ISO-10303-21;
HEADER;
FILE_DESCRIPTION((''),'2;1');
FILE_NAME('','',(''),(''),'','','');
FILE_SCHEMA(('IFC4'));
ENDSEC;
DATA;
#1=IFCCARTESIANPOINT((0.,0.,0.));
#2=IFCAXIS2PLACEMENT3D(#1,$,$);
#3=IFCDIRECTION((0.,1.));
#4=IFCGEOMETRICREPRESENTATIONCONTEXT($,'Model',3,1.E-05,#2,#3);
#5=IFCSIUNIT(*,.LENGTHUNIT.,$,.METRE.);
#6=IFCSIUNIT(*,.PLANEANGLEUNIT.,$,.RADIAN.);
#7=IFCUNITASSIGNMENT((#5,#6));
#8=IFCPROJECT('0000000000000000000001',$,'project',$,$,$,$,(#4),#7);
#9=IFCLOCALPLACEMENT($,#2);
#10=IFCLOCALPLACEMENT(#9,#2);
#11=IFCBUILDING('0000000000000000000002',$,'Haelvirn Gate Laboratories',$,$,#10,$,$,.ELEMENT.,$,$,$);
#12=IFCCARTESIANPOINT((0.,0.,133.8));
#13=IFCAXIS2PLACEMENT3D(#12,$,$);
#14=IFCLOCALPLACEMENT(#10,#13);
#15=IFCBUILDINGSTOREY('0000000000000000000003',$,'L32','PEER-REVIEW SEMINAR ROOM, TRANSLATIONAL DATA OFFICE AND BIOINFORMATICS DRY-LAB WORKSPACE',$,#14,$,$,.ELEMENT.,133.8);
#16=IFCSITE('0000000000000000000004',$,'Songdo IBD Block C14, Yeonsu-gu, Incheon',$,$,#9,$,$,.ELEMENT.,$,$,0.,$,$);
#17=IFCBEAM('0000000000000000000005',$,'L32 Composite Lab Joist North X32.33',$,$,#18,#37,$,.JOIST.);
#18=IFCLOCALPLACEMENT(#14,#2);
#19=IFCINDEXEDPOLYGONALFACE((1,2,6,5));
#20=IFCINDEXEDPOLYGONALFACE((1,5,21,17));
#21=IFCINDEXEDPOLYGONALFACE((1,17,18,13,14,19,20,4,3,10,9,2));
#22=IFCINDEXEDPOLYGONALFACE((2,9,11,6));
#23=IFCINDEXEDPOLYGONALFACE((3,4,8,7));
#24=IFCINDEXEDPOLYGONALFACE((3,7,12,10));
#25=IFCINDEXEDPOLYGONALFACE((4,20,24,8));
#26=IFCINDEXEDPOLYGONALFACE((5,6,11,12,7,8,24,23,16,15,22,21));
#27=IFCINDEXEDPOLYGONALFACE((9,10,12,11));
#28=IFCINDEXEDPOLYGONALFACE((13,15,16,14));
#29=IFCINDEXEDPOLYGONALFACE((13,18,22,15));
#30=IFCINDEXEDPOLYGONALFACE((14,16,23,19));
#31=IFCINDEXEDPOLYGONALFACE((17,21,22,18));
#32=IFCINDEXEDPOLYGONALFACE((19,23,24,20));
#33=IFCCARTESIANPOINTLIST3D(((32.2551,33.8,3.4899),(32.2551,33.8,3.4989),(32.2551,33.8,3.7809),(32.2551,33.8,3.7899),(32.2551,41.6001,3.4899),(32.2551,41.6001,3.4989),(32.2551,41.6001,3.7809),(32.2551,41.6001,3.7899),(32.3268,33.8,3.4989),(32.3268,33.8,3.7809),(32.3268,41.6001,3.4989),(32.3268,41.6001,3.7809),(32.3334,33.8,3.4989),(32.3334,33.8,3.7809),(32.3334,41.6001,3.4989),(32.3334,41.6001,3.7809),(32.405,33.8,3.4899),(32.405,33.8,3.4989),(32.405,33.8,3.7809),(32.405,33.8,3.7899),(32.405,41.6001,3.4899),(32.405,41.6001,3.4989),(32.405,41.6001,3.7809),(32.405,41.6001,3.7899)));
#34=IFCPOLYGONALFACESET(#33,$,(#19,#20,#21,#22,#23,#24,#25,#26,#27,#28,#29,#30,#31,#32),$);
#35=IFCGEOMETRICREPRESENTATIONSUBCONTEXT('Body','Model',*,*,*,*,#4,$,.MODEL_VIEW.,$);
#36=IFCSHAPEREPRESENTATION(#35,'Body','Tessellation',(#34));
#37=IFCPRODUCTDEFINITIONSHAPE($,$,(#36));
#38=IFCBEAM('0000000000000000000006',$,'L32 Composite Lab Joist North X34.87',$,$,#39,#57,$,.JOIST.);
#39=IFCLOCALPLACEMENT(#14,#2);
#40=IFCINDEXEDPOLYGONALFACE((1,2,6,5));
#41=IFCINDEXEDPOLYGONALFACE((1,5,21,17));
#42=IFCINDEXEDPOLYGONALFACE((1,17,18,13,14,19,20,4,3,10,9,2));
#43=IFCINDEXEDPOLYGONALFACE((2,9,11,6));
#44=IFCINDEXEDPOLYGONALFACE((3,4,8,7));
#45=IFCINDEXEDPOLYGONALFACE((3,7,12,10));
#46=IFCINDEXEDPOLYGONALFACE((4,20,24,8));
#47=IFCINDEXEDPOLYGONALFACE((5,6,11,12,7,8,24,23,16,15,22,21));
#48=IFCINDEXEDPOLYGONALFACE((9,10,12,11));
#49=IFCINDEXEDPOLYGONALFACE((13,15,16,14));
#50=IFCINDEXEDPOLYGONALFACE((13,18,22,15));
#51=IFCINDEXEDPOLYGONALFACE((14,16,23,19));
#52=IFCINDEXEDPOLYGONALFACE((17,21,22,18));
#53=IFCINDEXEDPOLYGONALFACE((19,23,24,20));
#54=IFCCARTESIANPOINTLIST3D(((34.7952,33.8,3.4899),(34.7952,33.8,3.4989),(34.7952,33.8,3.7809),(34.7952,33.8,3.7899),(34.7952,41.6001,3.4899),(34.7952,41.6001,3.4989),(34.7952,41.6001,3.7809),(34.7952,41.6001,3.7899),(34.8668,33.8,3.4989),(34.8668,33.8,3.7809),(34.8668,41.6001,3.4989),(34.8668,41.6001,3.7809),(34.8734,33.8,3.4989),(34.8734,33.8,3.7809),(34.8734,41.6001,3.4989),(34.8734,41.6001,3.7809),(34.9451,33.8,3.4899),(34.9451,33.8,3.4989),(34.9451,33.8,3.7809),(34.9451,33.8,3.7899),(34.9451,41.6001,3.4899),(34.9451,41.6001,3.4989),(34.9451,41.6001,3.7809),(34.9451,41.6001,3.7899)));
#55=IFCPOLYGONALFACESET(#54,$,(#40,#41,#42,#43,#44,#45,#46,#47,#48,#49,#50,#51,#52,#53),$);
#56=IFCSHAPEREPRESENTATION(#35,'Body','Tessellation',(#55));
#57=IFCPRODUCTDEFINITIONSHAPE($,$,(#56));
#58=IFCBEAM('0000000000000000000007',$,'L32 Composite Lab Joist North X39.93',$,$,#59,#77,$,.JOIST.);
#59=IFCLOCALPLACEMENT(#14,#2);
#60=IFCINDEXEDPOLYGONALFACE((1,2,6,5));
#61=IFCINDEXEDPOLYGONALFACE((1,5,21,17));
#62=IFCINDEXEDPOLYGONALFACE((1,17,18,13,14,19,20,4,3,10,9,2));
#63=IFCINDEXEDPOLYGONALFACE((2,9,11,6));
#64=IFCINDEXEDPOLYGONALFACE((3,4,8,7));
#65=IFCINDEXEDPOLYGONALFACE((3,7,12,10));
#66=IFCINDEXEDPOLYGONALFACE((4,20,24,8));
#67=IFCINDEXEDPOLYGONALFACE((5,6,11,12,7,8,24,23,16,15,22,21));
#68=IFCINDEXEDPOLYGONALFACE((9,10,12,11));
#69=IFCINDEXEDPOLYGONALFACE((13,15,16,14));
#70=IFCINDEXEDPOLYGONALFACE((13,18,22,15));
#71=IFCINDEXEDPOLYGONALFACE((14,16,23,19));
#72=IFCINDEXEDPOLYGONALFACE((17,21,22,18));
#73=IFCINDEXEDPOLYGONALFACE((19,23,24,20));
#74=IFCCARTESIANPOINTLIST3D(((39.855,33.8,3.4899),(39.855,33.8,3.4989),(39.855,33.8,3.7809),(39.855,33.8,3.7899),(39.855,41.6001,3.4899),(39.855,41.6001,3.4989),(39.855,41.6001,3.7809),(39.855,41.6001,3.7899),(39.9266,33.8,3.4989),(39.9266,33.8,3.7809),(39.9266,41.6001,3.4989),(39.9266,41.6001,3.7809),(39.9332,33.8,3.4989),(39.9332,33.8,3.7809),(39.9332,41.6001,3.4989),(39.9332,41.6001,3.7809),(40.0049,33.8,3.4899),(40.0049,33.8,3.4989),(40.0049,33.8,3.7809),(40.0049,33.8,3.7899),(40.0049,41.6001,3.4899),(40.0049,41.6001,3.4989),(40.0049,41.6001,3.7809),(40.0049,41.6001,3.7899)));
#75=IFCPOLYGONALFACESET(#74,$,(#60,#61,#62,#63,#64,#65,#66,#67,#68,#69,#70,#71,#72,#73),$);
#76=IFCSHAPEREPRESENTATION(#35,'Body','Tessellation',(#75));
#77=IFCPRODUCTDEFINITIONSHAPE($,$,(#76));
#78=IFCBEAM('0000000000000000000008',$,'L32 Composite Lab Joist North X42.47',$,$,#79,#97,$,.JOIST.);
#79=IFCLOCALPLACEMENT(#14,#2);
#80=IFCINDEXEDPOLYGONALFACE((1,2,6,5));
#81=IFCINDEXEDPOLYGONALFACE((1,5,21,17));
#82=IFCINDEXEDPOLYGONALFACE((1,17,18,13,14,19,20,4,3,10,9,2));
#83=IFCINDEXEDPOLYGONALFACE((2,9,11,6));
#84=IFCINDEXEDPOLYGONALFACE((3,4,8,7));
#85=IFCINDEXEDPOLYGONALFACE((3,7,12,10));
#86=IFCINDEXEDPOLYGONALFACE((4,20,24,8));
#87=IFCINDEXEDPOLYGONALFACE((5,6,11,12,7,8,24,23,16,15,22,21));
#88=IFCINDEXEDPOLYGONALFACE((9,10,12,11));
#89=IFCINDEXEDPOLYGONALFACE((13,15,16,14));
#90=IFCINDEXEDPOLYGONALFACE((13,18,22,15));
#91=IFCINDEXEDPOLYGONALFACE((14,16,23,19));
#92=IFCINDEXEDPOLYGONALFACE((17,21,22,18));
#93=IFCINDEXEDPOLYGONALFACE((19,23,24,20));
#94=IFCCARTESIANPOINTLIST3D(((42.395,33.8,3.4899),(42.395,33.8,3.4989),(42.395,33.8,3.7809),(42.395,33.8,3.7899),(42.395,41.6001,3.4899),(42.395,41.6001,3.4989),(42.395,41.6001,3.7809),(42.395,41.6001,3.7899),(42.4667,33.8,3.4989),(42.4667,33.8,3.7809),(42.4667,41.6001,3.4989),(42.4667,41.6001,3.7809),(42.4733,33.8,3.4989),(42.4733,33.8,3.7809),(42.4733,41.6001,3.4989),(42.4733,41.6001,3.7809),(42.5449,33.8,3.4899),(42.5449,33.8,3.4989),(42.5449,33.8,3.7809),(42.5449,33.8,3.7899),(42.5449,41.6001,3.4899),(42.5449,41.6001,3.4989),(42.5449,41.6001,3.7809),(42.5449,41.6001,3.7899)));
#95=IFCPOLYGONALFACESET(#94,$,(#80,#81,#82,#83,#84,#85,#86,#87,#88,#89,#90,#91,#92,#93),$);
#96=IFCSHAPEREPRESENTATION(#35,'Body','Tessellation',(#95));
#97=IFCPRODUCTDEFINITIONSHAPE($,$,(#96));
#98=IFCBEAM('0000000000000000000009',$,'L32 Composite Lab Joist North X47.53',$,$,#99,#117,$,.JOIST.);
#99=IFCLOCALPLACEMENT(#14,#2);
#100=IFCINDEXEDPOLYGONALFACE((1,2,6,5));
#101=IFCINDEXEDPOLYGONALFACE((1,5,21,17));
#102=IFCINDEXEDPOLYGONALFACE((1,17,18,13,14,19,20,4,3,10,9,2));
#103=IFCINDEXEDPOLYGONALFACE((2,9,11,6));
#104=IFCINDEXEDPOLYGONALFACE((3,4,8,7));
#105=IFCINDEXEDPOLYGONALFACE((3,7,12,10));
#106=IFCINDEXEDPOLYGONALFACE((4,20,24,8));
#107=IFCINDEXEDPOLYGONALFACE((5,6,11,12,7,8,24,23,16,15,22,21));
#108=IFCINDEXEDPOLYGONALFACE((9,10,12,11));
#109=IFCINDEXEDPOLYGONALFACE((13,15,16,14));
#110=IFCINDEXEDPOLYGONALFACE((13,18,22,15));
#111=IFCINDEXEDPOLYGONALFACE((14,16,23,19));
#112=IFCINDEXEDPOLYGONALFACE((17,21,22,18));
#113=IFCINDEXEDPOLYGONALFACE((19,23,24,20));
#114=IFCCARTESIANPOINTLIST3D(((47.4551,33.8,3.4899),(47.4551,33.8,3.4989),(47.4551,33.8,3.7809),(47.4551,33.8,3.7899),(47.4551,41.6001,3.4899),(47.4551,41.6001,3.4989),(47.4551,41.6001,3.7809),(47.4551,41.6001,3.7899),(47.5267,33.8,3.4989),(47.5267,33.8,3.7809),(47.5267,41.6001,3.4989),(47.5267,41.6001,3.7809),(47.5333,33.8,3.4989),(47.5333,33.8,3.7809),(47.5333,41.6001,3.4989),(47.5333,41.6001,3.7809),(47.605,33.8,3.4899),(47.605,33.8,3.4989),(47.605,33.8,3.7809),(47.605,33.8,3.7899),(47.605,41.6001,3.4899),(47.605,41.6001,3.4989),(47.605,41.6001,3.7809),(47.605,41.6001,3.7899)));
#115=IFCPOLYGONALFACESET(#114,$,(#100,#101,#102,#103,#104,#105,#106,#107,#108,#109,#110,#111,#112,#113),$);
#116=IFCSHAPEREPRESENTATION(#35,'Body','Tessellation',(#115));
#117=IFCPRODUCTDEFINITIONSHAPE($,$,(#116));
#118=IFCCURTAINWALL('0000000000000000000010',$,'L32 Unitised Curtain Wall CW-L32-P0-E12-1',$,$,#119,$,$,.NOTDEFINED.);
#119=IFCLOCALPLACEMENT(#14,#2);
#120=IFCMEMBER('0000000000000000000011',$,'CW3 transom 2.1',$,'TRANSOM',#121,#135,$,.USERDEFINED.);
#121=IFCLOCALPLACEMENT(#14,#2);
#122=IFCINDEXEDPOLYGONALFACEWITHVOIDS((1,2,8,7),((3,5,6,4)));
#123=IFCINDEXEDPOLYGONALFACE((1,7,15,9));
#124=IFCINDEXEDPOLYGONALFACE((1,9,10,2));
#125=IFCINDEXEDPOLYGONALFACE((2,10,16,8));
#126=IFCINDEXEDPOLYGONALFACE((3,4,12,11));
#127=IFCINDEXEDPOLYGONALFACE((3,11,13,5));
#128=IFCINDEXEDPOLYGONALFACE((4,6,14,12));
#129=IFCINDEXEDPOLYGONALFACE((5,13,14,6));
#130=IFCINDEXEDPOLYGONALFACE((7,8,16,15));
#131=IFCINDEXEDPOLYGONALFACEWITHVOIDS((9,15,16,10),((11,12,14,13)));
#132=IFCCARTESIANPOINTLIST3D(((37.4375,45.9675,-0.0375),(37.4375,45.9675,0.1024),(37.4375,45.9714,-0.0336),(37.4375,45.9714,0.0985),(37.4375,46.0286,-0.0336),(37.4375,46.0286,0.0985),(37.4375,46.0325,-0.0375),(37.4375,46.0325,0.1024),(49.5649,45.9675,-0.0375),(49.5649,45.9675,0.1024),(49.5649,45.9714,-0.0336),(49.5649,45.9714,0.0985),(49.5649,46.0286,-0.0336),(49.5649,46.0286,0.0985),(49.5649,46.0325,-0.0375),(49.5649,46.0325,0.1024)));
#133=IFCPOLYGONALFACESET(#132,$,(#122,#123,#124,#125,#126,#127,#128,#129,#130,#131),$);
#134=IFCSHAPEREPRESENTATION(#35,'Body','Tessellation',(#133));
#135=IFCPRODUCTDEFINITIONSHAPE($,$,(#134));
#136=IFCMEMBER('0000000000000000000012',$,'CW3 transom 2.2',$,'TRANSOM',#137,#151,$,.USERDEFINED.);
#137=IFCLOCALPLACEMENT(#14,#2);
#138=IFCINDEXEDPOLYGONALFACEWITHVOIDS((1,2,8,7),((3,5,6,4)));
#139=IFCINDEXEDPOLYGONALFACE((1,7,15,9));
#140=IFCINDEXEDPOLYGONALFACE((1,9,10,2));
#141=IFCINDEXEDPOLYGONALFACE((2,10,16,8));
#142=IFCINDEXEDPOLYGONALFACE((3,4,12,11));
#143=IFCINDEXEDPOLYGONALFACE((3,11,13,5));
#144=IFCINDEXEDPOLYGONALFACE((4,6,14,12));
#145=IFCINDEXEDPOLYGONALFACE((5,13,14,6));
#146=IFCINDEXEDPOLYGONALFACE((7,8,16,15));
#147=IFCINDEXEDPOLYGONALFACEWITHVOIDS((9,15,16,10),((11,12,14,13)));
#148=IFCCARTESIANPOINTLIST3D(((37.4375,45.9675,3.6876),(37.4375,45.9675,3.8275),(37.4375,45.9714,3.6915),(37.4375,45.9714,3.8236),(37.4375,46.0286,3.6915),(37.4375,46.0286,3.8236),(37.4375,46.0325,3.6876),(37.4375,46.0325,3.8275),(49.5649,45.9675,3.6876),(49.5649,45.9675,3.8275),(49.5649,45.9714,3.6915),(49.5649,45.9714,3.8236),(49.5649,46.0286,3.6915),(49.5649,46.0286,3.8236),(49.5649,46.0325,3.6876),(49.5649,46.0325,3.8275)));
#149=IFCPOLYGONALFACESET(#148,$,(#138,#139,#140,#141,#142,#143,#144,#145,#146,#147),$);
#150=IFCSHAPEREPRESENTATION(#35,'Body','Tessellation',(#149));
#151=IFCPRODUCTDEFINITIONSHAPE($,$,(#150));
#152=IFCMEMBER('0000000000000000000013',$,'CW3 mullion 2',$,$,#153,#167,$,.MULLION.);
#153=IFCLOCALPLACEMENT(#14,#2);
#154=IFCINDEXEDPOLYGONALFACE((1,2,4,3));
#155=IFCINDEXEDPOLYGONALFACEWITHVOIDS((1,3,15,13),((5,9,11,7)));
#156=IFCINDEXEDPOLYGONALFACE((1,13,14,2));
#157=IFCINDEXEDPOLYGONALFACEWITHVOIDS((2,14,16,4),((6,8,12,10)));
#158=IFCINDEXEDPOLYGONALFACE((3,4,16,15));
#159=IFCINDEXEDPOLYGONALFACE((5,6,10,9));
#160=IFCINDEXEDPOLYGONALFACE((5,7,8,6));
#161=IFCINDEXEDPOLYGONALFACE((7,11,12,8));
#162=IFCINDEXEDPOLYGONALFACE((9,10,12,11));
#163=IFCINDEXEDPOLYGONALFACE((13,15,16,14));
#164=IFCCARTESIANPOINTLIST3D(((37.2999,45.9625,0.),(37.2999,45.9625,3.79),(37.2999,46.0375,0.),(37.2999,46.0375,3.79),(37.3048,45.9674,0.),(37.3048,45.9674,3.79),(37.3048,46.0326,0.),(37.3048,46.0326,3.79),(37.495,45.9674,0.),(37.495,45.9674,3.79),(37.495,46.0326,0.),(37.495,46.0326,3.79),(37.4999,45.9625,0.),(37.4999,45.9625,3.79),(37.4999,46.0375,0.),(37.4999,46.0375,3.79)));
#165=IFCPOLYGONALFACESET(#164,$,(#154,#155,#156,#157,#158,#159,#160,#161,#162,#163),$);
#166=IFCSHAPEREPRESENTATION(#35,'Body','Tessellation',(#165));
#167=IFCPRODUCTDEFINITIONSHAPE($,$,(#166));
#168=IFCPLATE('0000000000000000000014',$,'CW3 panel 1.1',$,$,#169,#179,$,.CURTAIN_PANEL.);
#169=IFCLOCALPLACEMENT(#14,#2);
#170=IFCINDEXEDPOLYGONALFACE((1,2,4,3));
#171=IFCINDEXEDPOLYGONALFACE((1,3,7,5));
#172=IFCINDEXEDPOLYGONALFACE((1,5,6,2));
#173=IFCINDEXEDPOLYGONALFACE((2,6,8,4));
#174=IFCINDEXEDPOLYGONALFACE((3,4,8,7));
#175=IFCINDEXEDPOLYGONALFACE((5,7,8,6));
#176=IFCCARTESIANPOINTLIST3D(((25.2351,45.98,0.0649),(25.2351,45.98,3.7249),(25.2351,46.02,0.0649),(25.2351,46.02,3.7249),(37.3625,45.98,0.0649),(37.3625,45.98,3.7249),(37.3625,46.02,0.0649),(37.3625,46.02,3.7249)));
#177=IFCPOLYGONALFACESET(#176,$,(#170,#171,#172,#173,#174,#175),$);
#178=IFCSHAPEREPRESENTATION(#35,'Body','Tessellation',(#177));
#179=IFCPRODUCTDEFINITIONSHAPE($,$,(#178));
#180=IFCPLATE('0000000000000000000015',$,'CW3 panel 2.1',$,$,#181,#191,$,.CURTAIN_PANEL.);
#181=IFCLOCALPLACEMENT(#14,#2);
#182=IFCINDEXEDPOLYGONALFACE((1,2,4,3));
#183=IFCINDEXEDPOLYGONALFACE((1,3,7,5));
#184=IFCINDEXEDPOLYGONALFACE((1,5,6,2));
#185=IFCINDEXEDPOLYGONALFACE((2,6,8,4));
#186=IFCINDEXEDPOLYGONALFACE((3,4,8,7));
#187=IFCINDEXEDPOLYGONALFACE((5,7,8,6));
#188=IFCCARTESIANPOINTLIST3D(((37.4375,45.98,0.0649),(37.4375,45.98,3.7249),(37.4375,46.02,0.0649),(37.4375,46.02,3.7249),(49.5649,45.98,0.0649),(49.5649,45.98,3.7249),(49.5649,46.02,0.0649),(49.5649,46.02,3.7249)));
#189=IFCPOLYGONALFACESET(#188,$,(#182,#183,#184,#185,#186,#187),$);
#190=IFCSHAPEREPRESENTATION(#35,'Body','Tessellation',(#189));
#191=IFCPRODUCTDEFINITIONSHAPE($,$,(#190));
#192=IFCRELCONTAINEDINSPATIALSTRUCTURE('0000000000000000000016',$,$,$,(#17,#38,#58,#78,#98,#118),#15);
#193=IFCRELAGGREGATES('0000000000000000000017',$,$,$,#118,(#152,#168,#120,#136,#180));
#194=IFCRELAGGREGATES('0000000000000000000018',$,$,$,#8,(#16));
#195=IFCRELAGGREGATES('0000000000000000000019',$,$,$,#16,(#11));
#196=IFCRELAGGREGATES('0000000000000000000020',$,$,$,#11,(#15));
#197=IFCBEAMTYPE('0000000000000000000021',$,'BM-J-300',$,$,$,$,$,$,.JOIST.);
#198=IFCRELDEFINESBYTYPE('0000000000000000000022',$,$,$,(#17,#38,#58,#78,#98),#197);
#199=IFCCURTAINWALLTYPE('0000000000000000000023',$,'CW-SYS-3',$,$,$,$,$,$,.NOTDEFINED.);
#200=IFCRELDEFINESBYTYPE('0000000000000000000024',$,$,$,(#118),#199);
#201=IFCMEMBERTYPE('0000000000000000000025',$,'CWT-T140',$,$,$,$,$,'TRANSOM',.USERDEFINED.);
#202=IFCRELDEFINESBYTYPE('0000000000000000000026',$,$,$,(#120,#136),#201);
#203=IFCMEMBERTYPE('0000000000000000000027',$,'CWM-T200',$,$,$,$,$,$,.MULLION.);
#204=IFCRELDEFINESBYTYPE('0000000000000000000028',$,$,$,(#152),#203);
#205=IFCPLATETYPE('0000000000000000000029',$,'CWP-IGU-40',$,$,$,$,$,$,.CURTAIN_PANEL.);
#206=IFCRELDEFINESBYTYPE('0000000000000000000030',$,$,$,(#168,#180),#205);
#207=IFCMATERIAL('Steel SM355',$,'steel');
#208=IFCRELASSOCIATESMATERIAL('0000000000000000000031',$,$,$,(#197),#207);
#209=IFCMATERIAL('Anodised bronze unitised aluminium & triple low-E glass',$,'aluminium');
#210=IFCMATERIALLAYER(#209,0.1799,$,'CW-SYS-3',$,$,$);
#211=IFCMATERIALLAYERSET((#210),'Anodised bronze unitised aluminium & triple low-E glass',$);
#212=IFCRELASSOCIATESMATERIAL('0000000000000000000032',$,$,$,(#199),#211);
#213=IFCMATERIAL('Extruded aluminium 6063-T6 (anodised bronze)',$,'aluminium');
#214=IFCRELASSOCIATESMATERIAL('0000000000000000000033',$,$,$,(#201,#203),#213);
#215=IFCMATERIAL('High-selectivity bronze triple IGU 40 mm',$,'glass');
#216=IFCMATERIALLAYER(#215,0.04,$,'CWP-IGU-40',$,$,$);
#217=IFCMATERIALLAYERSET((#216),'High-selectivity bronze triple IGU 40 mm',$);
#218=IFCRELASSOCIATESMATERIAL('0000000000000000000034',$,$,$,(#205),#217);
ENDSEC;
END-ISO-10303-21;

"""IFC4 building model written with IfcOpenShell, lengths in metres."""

from ifc_helpers import new_model, si_unit, direction, frame, origin, origin_2d, place, context, subcontext, project, spatial, rectangle, hollow_rectangle, i_section, extrude, source, transform, mapped, material, layer, layer_set, material_profile, profile_set, type_object, type_shapes, element, aggregate, save


model = new_model("IFC4")

# Units and contexts
model_context = context("Model", 3, precision=1e-05, world=origin(), true_north=direction((0.0, 1.0)))
body_context = subcontext(model_context, "Body", "Model", "MODEL_VIEW")
ifc_project = project(units=[si_unit("LENGTHUNIT", "METRE"), si_unit("PLANEANGLEUNIT", "RADIAN")], contexts=[model_context])

# Site, building, storey
site_placement = place(None, origin())
site = spatial("IfcSite", under=ifc_project, at=site_placement, Name="Songdo IBD Block C14, Yeonsu-gu, Incheon", CompositionType="ELEMENT", RefElevation=0.0)
building_placement = place(site_placement, origin())
building = spatial("IfcBuilding", under=site, at=building_placement, Name="Haelvirn Gate Laboratories", CompositionType="ELEMENT")
storey_placement = place(building_placement, frame((0.0, 0.0, 133.8)))
storey = spatial("IfcBuildingStorey", under=building, at=storey_placement, Name="L32", Description="PEER-REVIEW SEMINAR ROOM, TRANSLATIONAL DATA OFFICE AND BIOINFORMATICS DRY-LAB WORKSPACE", CompositionType="ELEMENT", Elevation=133.8)

# Shared definitions
ifc_material_1 = material(Name="Steel SM355", Category="steel")

# Beams
ifc_material_profile_1 = material_profile(ifc_material_1, i_section(OverallWidth=0.1499, OverallDepth=0.3, WebThickness=0.0066, FlangeThickness=0.009, at=origin_2d()), Name="H-300x150x6.5x9")
ifc_profile_set_1 = profile_set([ifc_material_profile_1], Name="Steel SM355")
beam_type_1 = type_object("IfcBeamType", Name="BM-J-300", PredefinedType="JOIST", material=ifc_profile_set_1)
shared_shape_1 = source(origin(), body_context, "Body", "SweptSolid", [
    extrude(i_section(OverallWidth=0.1499, OverallDepth=0.3, WebThickness=0.0066, FlangeThickness=0.009, at=origin_2d()), origin(), (0.0, 0.0, 1.0), 7.8),
])
type_shapes(beam_type_1, [shared_shape_1])
for number, where, z_axis, x_axis, name in (
    (1, (32.3301, 33.8, 3.6399), (0.0, 1.0, 0.0), (-1.0, 0.0, 0.0), "L32 Composite Lab Joist North X32.33"),
    (2, (34.8701, 33.8, 3.6399), (0.0, 1.0, 0.0), (-1.0, 0.0, 0.0), "L32 Composite Lab Joist North X34.87"),
    (3, (39.9299, 33.8, 3.6399), (0.0, 1.0, 0.0), (-1.0, 0.0, 0.0), "L32 Composite Lab Joist North X39.93"),
    (4, (42.47, 33.8, 3.6399), (0.0, 1.0, 0.0), (-1.0, 0.0, 0.0), "L32 Composite Lab Joist North X42.47"),
    (5, (47.53, 33.8, 3.6399), (0.0, 1.0, 0.0), (-1.0, 0.0, 0.0), "L32 Composite Lab Joist North X47.53"),
):
    element("IfcBeam", number, at=place(storey_placement, frame(where, z_axis=z_axis, x_axis=x_axis)), inside=storey, type_object=beam_type_1, Name=name, PredefinedType="JOIST", context=body_context, shape_type="MappedRepresentation", body=[
        mapped(shared_shape_1, transform((0.0, 0.0, 0.0), scale=1.0)),
    ])

# Curtain wall, members, plates
ifc_material_2 = material(Name="Anodised bronze unitised aluminium & triple low-E glass", Category="aluminium")
ifc_layer_1 = layer(ifc_material_2, 0.1799, Name="CW-SYS-3")
ifc_layer_set_1 = layer_set([ifc_layer_1], Name="Anodised bronze unitised aluminium & triple low-E glass")
curtain_wall_type = type_object("IfcCurtainWallType", Name="CW-SYS-3", PredefinedType="NOTDEFINED", material=ifc_layer_set_1)
curtain_wall_placement = place(storey_placement, origin())
curtain_wall = element("IfcCurtainWall", 6, at=curtain_wall_placement, inside=storey, type_object=curtain_wall_type, Name="L32 Unitised Curtain Wall CW-L32-P0-E12-1", PredefinedType="NOTDEFINED")
ifc_material_3 = material(Name="Extruded aluminium 6063-T6 (anodised bronze)", Category="aluminium")
ifc_material_profile_2 = material_profile(ifc_material_3, hollow_rectangle(XDim=0.0649, YDim=0.1399, WallThickness=0.0039, at=origin_2d()), Name="CWT-140x65x4")
ifc_profile_set_2 = profile_set([ifc_material_profile_2], Name="Extruded aluminium 6063-T6 (anodised bronze)")
member_type_1 = type_object("IfcMemberType", Name="CWT-T140", ElementType="TRANSOM", PredefinedType="USERDEFINED", material=ifc_profile_set_2)
shared_shape_2 = source(origin(), body_context, "Body", "SweptSolid", [
    extrude(hollow_rectangle(XDim=0.0649, YDim=0.1399, WallThickness=0.0039, at=origin_2d()), origin(), (0.0, 0.0, 1.0), 12.1274),
])
type_shapes(member_type_1, [shared_shape_2])
member_1_placement = place(storey_placement, frame((37.4375, 46.0, 0.0325), z_axis=(1.0, 0.0, 0.0), x_axis=(0.0, 1.0, 0.0)))
member_1 = element("IfcMember", 7, at=member_1_placement, type_object=member_type_1, Name="CW3 transom 2.1", ObjectType="TRANSOM", PredefinedType="USERDEFINED", context=body_context, shape_type="MappedRepresentation", body=[
    mapped(shared_shape_2, transform((0.0, 0.0, 0.0), scale=1.0)),
])
member_2_placement = place(storey_placement, frame((37.4375, 46.0, 3.7576), z_axis=(1.0, 0.0, 0.0), x_axis=(0.0, 1.0, 0.0)))
member_2 = element("IfcMember", 8, at=member_2_placement, type_object=member_type_1, Name="CW3 transom 2.2", ObjectType="TRANSOM", PredefinedType="USERDEFINED", context=body_context, shape_type="MappedRepresentation", body=[
    mapped(shared_shape_2, transform((0.0, 0.0, 0.0), scale=1.0)),
])
ifc_material_profile_3 = material_profile(ifc_material_3, hollow_rectangle(XDim=0.075, YDim=0.2, WallThickness=0.0049, at=origin_2d()), Name="CWM-200x75x5")
ifc_profile_set_3 = profile_set([ifc_material_profile_3], Name="Extruded aluminium 6063-T6 (anodised bronze)")
member_type_2 = type_object("IfcMemberType", Name="CWM-T200", PredefinedType="MULLION", material=ifc_profile_set_3)
shared_shape_3 = source(origin(), body_context, "Body", "SweptSolid", [
    extrude(hollow_rectangle(XDim=0.075, YDim=0.2, WallThickness=0.0049, at=origin_2d()), origin(), (0.0, 0.0, 1.0), 3.79),
])
type_shapes(member_type_2, [shared_shape_3])
member_3_placement = place(storey_placement, frame((37.3999, 46.0, 0.0), z_axis=(0.0, 0.0, 1.0), x_axis=(0.0, 1.0, 0.0)))
member_3 = element("IfcMember", 9, at=member_3_placement, type_object=member_type_2, Name="CW3 mullion 2", PredefinedType="MULLION", context=body_context, shape_type="MappedRepresentation", body=[
    mapped(shared_shape_3, transform((0.0, 0.0, 0.0), scale=1.0)),
])
ifc_material_4 = material(Name="High-selectivity bronze triple IGU 40 mm", Category="glass")
ifc_layer_2 = layer(ifc_material_4, 0.04, Name="CWP-IGU-40")
ifc_layer_set_2 = layer_set([ifc_layer_2], Name="High-selectivity bronze triple IGU 40 mm")
plate_type = type_object("IfcPlateType", Name="CWP-IGU-40", PredefinedType="CURTAIN_PANEL", material=ifc_layer_set_2)
shared_shape_4 = source(origin(), body_context, "Body", "SweptSolid", [
    extrude(rectangle(XDim=12.1274, YDim=0.04, at=origin_2d()), origin(), (0.0, 0.0, 1.0), 3.6599),
])
type_shapes(plate_type, [shared_shape_4])
plate_1_placement = place(storey_placement, frame((31.2988, 46.0, 0.0649), z_axis=(0.0, 0.0, 1.0), x_axis=(1.0, 0.0, 0.0)))
plate_1 = element("IfcPlate", 10, at=plate_1_placement, type_object=plate_type, Name="CW3 panel 1.1", PredefinedType="CURTAIN_PANEL", context=body_context, shape_type="MappedRepresentation", body=[
    mapped(shared_shape_4, transform((0.0, 0.0, 0.0), scale=1.0)),
])
plate_2_placement = place(storey_placement, frame((43.5012, 46.0, 0.0649), z_axis=(0.0, 0.0, 1.0), x_axis=(1.0, 0.0, 0.0)))
plate_2 = element("IfcPlate", 11, at=plate_2_placement, type_object=plate_type, Name="CW3 panel 2.1", PredefinedType="CURTAIN_PANEL", context=body_context, shape_type="MappedRepresentation", body=[
    mapped(shared_shape_4, transform((0.0, 0.0, 0.0), scale=1.0)),
])
aggregate(curtain_wall, [member_3, plate_1, member_1, member_2, plate_2])

save(model, "model.ifc")
